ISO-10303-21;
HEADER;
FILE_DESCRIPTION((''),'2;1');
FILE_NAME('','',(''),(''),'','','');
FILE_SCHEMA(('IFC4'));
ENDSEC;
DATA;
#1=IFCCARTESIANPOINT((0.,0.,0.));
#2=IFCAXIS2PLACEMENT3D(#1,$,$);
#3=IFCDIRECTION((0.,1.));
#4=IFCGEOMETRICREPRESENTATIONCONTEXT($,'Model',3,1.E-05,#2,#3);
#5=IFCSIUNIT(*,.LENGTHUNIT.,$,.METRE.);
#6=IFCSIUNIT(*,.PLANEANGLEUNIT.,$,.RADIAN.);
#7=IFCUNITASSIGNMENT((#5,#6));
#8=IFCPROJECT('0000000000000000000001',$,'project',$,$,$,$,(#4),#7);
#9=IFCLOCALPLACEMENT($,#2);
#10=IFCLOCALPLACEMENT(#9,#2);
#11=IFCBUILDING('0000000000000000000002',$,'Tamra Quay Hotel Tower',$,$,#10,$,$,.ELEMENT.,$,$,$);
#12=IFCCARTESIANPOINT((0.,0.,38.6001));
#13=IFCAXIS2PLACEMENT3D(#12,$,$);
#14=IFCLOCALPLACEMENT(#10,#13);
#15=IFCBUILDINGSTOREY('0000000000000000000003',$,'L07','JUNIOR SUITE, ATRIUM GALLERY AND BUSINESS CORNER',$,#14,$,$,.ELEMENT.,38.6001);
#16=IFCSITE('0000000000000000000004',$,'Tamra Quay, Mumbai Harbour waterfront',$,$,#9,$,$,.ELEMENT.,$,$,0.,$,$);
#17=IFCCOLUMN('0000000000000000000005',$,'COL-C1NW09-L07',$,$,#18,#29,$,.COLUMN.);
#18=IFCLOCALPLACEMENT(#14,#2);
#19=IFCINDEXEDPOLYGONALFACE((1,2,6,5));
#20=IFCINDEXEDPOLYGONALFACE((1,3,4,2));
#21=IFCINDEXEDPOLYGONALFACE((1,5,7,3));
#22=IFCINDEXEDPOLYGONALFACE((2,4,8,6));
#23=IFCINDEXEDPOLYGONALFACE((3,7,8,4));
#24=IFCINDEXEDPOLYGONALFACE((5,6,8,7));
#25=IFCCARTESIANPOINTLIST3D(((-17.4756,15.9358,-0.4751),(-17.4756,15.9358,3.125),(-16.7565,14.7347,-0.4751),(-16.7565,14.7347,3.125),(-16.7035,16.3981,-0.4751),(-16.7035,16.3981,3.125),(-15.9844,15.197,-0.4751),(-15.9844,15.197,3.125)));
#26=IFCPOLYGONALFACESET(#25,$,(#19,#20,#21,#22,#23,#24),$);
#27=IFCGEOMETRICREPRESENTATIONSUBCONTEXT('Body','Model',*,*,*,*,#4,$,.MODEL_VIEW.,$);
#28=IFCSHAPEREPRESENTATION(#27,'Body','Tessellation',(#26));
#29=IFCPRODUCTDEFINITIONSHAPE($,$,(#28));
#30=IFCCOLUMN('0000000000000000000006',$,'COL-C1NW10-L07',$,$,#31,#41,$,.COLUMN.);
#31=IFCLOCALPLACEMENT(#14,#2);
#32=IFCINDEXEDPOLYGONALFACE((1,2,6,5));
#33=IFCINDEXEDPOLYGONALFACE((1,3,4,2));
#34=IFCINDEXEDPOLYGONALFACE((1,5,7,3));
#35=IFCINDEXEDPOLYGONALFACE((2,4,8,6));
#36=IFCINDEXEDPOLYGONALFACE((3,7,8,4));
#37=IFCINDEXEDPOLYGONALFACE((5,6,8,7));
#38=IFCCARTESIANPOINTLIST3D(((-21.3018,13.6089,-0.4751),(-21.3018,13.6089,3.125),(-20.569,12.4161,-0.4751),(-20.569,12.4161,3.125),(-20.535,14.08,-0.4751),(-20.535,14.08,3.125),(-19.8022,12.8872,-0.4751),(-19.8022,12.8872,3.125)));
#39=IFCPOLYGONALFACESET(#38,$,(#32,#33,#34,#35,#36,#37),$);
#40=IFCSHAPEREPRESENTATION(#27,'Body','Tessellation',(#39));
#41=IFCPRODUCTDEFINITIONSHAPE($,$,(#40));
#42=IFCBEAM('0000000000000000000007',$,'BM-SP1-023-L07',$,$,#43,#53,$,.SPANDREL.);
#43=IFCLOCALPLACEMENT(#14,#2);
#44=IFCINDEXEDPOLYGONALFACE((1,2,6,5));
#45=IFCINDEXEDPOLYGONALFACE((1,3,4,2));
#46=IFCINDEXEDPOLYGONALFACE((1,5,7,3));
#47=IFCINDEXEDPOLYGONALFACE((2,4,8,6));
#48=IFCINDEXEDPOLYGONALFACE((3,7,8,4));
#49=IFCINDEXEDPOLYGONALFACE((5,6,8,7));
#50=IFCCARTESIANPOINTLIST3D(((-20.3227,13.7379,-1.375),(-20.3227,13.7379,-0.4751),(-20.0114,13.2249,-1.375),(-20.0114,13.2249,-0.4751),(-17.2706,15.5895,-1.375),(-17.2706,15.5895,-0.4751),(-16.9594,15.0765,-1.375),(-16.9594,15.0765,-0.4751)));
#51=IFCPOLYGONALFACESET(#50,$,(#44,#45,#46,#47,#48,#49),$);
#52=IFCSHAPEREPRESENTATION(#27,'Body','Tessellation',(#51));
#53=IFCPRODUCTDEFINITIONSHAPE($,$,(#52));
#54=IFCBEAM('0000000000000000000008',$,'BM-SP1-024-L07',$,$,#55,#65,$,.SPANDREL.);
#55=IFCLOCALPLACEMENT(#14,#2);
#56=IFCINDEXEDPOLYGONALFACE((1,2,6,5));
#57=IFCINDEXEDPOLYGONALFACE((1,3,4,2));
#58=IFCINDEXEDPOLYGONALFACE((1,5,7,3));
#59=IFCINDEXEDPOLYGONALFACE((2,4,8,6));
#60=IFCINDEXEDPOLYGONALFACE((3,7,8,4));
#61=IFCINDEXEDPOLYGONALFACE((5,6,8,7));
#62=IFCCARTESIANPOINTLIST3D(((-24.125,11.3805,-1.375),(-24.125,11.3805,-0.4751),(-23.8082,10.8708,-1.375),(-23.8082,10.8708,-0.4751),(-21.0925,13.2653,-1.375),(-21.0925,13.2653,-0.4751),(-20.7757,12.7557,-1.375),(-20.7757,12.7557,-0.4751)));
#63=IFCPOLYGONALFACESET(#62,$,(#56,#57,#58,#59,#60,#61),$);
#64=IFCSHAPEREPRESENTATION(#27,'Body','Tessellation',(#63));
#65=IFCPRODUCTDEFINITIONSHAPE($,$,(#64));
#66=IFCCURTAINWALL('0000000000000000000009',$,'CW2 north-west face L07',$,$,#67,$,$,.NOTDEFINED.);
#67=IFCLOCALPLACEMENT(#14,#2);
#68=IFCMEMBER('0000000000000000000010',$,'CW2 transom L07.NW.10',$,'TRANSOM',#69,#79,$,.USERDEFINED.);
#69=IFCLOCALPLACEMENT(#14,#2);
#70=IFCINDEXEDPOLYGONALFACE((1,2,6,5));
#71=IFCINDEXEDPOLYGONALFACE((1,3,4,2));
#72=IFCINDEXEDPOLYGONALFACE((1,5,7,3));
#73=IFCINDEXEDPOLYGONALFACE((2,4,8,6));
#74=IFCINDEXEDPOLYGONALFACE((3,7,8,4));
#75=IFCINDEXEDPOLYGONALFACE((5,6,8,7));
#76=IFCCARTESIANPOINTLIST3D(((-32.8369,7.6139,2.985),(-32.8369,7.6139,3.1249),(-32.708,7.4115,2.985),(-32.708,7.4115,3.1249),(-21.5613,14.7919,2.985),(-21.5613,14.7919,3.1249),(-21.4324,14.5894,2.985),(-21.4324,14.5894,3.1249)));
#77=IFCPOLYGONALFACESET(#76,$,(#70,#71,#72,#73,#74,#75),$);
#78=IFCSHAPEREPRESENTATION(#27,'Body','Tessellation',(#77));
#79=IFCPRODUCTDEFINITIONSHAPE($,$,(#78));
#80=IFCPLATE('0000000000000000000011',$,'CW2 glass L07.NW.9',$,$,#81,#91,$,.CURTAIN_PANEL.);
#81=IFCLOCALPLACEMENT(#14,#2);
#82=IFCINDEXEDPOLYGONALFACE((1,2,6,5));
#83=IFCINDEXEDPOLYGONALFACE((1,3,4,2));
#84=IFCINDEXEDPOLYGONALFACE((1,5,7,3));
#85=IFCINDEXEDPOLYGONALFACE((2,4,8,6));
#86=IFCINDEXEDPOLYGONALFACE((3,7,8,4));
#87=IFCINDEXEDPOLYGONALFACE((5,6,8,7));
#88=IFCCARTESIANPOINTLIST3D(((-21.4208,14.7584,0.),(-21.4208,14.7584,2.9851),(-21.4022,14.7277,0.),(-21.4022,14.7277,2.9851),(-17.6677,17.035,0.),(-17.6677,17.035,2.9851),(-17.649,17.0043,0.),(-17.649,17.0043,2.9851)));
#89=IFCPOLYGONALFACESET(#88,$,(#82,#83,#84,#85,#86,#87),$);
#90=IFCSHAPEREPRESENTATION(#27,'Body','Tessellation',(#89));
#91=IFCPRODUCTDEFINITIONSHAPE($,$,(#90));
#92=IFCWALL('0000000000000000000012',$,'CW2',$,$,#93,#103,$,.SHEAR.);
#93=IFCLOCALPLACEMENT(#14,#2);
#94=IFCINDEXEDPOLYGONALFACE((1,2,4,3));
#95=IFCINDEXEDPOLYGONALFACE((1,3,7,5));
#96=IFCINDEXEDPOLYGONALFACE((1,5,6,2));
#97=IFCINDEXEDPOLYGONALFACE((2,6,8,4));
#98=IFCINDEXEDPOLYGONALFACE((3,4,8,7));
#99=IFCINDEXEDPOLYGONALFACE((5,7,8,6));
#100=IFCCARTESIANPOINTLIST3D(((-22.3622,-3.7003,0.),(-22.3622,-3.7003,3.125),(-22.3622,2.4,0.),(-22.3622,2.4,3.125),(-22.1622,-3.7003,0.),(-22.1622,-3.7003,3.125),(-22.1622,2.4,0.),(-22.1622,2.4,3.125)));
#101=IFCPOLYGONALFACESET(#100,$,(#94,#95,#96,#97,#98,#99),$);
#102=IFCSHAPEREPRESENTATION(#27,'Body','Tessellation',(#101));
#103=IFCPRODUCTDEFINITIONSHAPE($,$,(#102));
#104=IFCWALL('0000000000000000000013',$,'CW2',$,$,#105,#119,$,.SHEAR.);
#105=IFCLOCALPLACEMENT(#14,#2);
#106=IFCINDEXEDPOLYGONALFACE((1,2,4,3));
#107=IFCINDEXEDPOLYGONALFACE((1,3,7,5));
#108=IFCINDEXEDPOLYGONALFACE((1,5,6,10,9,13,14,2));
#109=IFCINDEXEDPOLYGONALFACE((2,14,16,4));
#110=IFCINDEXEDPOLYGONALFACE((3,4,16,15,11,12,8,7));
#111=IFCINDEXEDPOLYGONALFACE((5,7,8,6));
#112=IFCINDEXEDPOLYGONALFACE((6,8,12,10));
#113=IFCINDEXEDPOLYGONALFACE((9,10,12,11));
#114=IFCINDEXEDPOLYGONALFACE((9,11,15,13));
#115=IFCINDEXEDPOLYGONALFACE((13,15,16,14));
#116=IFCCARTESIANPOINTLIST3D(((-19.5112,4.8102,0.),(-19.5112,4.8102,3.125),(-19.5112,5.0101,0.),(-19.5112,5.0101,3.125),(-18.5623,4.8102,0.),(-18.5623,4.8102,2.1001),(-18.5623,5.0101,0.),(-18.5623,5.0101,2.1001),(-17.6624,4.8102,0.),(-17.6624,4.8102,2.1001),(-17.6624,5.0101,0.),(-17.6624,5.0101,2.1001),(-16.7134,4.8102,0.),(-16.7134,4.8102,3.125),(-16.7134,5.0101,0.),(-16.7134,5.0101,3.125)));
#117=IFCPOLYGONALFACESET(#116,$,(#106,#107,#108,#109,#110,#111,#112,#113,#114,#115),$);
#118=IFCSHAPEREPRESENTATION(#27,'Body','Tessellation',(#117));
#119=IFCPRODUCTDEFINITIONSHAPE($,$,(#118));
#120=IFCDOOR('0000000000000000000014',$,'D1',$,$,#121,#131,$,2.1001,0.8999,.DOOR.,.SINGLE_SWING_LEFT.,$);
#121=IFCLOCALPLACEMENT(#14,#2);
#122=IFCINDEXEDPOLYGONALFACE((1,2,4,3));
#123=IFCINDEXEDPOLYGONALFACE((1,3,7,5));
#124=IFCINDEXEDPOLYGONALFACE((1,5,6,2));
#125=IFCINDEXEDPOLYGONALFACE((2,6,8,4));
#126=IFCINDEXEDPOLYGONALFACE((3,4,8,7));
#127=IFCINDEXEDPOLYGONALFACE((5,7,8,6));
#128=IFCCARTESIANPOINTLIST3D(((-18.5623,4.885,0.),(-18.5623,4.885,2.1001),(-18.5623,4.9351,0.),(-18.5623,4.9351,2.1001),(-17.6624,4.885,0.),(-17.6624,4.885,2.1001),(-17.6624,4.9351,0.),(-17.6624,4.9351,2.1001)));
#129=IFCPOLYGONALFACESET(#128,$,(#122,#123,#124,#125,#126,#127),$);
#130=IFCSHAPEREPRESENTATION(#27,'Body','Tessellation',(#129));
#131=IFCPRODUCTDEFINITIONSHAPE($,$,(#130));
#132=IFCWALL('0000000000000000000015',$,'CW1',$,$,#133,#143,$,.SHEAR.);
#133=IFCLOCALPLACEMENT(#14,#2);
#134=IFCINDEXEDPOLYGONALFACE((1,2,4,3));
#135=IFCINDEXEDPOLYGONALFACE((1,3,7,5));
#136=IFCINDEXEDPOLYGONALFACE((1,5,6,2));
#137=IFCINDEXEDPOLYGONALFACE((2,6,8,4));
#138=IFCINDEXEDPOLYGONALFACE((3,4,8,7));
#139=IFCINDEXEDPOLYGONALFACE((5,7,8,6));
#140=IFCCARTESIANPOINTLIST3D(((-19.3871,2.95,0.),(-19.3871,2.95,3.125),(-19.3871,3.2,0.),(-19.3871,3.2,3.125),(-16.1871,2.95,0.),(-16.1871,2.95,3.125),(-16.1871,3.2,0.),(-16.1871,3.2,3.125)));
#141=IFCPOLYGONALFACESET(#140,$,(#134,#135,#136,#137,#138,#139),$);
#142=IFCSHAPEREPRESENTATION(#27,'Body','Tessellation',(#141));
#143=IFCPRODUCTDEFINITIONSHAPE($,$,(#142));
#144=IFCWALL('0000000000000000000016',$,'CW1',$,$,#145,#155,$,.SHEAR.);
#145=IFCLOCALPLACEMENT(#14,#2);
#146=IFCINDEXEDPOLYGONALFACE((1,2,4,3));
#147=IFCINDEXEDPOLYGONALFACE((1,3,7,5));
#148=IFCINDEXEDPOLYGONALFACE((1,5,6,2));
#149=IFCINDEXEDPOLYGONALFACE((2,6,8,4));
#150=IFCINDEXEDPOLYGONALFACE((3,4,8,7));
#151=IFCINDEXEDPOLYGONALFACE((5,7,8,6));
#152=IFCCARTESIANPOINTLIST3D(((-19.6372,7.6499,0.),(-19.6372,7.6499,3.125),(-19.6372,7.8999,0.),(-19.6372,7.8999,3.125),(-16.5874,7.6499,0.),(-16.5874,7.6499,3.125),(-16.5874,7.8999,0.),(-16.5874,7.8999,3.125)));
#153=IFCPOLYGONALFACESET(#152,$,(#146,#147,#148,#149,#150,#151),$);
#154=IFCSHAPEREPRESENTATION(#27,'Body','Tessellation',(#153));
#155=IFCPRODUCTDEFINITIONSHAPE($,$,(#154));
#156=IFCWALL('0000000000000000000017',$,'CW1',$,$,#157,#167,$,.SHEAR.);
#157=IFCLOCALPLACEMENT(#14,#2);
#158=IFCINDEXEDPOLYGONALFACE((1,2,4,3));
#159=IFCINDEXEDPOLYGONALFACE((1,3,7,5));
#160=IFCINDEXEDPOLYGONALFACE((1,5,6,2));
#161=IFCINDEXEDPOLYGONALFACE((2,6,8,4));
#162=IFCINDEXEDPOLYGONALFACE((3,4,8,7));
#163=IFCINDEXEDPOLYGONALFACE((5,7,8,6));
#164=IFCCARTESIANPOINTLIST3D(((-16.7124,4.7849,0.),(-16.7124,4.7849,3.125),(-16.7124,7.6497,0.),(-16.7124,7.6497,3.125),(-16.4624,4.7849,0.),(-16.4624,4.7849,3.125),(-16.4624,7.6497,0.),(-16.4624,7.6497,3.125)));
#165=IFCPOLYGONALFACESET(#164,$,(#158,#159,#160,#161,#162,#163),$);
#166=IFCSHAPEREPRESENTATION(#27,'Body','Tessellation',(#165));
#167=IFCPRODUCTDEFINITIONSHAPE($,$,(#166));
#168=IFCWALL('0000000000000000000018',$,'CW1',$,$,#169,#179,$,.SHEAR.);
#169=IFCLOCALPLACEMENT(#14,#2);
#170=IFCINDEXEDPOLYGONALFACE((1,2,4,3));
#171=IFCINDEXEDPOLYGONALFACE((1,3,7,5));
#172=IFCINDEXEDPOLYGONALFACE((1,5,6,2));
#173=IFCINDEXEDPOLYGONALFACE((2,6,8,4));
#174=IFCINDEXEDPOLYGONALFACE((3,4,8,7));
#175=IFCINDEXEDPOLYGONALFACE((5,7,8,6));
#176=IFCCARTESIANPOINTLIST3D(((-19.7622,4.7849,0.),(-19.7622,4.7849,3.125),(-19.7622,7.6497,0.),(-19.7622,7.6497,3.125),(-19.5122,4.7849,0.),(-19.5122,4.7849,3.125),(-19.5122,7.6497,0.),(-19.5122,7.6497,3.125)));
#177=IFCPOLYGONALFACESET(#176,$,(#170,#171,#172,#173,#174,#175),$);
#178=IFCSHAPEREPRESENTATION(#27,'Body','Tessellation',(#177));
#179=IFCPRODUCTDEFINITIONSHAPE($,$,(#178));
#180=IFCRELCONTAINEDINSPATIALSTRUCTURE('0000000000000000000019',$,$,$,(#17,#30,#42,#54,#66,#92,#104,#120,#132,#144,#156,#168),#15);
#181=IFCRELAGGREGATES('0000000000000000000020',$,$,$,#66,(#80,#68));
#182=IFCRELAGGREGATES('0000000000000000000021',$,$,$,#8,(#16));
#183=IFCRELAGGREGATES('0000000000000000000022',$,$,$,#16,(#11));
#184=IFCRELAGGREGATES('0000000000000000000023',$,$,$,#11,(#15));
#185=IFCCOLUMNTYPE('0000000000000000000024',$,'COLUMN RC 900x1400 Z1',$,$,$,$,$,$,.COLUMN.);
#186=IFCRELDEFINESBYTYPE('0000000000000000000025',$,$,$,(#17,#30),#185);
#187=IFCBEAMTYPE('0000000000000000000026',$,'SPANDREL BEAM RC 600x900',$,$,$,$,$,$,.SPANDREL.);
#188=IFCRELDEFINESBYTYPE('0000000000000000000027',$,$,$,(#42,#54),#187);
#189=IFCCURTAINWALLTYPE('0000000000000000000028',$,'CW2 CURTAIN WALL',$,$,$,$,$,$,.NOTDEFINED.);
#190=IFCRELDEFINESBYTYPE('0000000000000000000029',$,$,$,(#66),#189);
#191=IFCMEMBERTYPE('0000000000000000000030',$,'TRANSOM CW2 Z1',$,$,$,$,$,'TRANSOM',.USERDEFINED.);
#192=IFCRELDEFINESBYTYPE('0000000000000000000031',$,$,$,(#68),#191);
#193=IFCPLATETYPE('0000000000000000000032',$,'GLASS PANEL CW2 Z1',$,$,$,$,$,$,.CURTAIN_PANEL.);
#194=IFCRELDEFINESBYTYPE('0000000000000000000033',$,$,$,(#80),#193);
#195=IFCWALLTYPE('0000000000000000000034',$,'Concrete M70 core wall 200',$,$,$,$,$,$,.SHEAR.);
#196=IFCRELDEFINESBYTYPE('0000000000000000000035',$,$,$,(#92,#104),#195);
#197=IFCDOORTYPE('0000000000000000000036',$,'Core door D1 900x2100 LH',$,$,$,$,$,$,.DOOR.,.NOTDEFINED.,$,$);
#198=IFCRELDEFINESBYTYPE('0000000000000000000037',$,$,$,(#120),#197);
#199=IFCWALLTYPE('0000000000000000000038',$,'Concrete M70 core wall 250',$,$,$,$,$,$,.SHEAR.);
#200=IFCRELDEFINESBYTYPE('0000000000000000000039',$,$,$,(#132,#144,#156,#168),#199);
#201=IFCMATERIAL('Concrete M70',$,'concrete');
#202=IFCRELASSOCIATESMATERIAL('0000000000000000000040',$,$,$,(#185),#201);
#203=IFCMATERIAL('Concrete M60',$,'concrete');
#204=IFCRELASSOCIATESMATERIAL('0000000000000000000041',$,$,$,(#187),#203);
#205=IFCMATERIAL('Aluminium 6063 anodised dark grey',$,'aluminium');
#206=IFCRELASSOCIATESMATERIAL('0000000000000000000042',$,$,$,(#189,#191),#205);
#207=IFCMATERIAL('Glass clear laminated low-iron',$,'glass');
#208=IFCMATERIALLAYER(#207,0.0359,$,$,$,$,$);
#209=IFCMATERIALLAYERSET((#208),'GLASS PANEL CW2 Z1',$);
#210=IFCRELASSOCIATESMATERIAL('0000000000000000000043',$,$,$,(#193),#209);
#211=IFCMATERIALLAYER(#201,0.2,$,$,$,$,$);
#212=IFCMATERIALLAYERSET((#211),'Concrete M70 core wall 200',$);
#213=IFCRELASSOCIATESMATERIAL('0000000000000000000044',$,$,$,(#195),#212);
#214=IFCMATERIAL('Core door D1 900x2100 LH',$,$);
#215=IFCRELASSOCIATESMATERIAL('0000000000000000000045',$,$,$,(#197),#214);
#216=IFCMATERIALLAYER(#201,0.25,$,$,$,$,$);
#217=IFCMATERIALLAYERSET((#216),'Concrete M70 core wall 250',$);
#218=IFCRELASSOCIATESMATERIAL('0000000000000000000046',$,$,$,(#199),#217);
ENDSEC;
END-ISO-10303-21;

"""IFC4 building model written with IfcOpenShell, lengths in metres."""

from ifc_helpers import new_model, si_unit, direction, frame, frame_2d, origin, origin_2d, place, context, subcontext, project, spatial, rectangle, extrude, material, layer, layer_set, material_profile, profile_set, type_object, element, fill, aggregate, save


model = new_model("IFC4")

# Units and contexts
model_context = context("Model", 3, precision=1e-05, world=origin(), true_north=direction((0.0, 1.0)))
body_context = subcontext(model_context, "Body", "Model", "MODEL_VIEW")
ifc_project = project(units=[si_unit("LENGTHUNIT", "METRE"), si_unit("PLANEANGLEUNIT", "RADIAN")], contexts=[model_context])

# Site, building, storey
site_placement = place(None, origin())
site = spatial("IfcSite", under=ifc_project, at=site_placement, Name="Tamra Quay, Mumbai Harbour waterfront", CompositionType="ELEMENT", RefElevation=0.0)
building_placement = place(site_placement, origin())
building = spatial("IfcBuilding", under=site, at=building_placement, Name="Tamra Quay Hotel Tower", CompositionType="ELEMENT")
storey_placement = place(building_placement, frame((0.0, 0.0, 38.6001)))
storey = spatial("IfcBuildingStorey", under=building, at=storey_placement, Name="L07", Description="JUNIOR SUITE, ATRIUM GALLERY AND BUSINESS CORNER", CompositionType="ELEMENT", Elevation=38.6001)

# Columns
ifc_material_1 = material(Name="Concrete M70", Category="concrete")
ifc_material_profile_1 = material_profile(ifc_material_1, rectangle(XDim=1.3999, YDim=0.8999, at=origin_2d()), Name="COLUMN RC 900x1400 Z1")
ifc_profile_set_1 = profile_set([ifc_material_profile_1], Name="Concrete M70")
column_type = type_object("IfcColumnType", Name="COLUMN RC 900x1400 Z1", PredefinedType="COLUMN", material=ifc_profile_set_1)
for number, where, z_axis, x_axis, name in (
    (1, (-16.73, 15.5664, -0.4751), (0.0, 0.0, 1.0), (-0.513654, 0.857998, 0.0), "COL-C1NW09-L07"),
    (2, (-20.552, 13.248, -0.4751), (0.0, 0.0, 1.0), (-0.52343, 0.852069, 0.0), "COL-C1NW10-L07"),
):
    element("IfcColumn", number, at=place(storey_placement, frame(where, z_axis=z_axis, x_axis=x_axis)), inside=storey, type_object=column_type, Name=name, PredefinedType="COLUMN", context=body_context, shape_type="SweptSolid", body=[
        extrude(rectangle(XDim=1.3999, YDim=0.8999, at=origin_2d()), origin(), (0.0, 0.0, 1.0), 3.6001),
    ])

# Beams
ifc_material_2 = material(Name="Concrete M60", Category="concrete")
ifc_material_profile_2 = material_profile(ifc_material_2, rectangle(XDim=0.6001, YDim=0.8999, at=origin_2d()), Name="SPANDREL BEAM RC 600x900")
ifc_profile_set_2 = profile_set([ifc_material_profile_2], Name="Concrete M60")
beam_type = type_object("IfcBeamType", Name="SPANDREL BEAM RC 600x900", PredefinedType="SPANDREL", material=ifc_profile_set_2)
beam_1_placement = place(storey_placement, frame((-17.115, 15.333, -0.925), z_axis=(-0.854966, -0.518684, 0.0), x_axis=(0.518684, -0.854966, 0.0)))
element("IfcBeam", 3, at=beam_1_placement, inside=storey, type_object=beam_type, Name="BM-SP1-023-L07", PredefinedType="SPANDREL", context=body_context, shape_type="SweptSolid", body=[
    extrude(rectangle(XDim=0.6001, YDim=0.8999, at=origin_2d()), origin(), (0.0, 0.0, 1.0), 3.5698),
])
beam_2_placement = place(storey_placement, frame((-20.9341, 13.0105, -0.925), z_axis=(-0.849321, -0.527877, 0.0), x_axis=(0.527877, -0.849321, 0.0)))
element("IfcBeam", 4, at=beam_2_placement, inside=storey, type_object=beam_type, Name="BM-SP1-024-L07", PredefinedType="SPANDREL", context=body_context, shape_type="SweptSolid", body=[
    extrude(rectangle(XDim=0.6001, YDim=0.8999, at=origin_2d()), origin(), (0.0, 0.0, 1.0), 3.5706),
])

# Curtain wall, member, plate
ifc_material_3 = material(Name="Aluminium 6063 anodised dark grey", Category="aluminium")
curtain_wall_type = type_object("IfcCurtainWallType", Name="CW2 CURTAIN WALL", PredefinedType="NOTDEFINED", material=ifc_material_3)
curtain_wall_placement = place(storey_placement, origin())
curtain_wall = element("IfcCurtainWall", 5, at=curtain_wall_placement, inside=storey, type_object=curtain_wall_type, Name="CW2 north-west face L07", PredefinedType="NOTDEFINED")
ifc_material_profile_3 = material_profile(ifc_material_3, rectangle(XDim=0.24, YDim=0.1399, at=origin_2d()), Name="TRANSOM 240X140")
ifc_profile_set_3 = profile_set([ifc_material_profile_3], Name="Aluminium 6063 anodised dark grey")
member_type = type_object("IfcMemberType", Name="TRANSOM CW2 Z1", ElementType="TRANSOM", PredefinedType="USERDEFINED", material=ifc_profile_set_3)
member_placement = place(storey_placement, frame((-21.4968, 14.6907, 3.0549), z_axis=(-0.843574, -0.537013, 0.0), x_axis=(0.537013, -0.843574, 0.0)))
member = element("IfcMember", 6, at=member_placement, type_object=member_type, Name="CW2 transom L07.NW.10", ObjectType="TRANSOM", PredefinedType="USERDEFINED", context=body_context, shape_type="SweptSolid", body=[
    extrude(rectangle(XDim=0.24, YDim=0.1399, at=origin_2d()), origin(), (0.0, 0.0, 1.0), 13.3665),
])
ifc_material_4 = material(Name="Glass clear laminated low-iron", Category="glass")
ifc_layer_1 = layer(ifc_material_4, 0.0359)
ifc_layer_set_1 = layer_set([ifc_layer_1], Name="GLASS PANEL CW2 Z1")
plate_type = type_object("IfcPlateType", Name="GLASS PANEL CW2 Z1", PredefinedType="CURTAIN_PANEL", material=ifc_layer_set_1)
plate_placement = place(storey_placement, frame((-19.5349, 15.8813, 0.0), z_axis=(0.0, 0.0, 1.0), x_axis=(-0.854993, -0.518639, 0.0)))
plate = element("IfcPlate", 7, at=plate_placement, type_object=plate_type, Name="CW2 glass L07.NW.9", PredefinedType="CURTAIN_PANEL", context=body_context, shape_type="SweptSolid", body=[
    extrude(rectangle(XDim=4.3896, YDim=0.0359, at=origin_2d()), origin(), (0.0, 0.0, 1.0), 2.9851),
])
aggregate(curtain_wall, [plate, member])

# Wall
ifc_layer_2 = layer(ifc_material_1, 0.2)
ifc_layer_set_2 = layer_set([ifc_layer_2], Name="Concrete M70 core wall 200")
wall_type_1 = type_object("IfcWallType", Name="Concrete M70 core wall 200", PredefinedType="SHEAR", material=ifc_layer_set_2)
wall_1_placement = place(storey_placement, frame((-22.2622, 2.4001, 0.0), z_axis=(0.0, 0.0, 1.0), x_axis=(0.0, -1.0, 0.0)))
element("IfcWall", 8, at=wall_1_placement, inside=storey, type_object=wall_type_1, Name="CW2", PredefinedType="SHEAR", context=body_context, shape_type="SweptSolid", body=[
    extrude(rectangle(XDim=6.1003, YDim=0.2, at=frame_2d((3.0503, 0.0))), origin(), (0.0, 0.0, 1.0), 3.125),
])

# Wall, opening, door
wall_2_placement = place(storey_placement, frame((-19.5112, 4.9102, 0.0), z_axis=(0.0, 0.0, 1.0), x_axis=(1.0, 0.0, 0.0)))
wall_2 = element("IfcWall", 9, at=wall_2_placement, inside=storey, type_object=wall_type_1, Name="CW2", PredefinedType="SHEAR", context=body_context, shape_type="SweptSolid", body=[
    extrude(rectangle(XDim=2.7979, YDim=0.2, at=frame_2d((1.3989, 0.0))), origin(), (0.0, 0.0, 1.0), 3.125),
])
opening_1_placement = place(wall_2_placement, frame((0.949, 0.0, 0.0)))
opening_1 = element("IfcOpeningElement", 10, at=opening_1_placement, cuts=wall_2, PredefinedType="OPENING", context=body_context, shape_type="SweptSolid", body=[
    extrude(rectangle(XDim=0.8999, YDim=2.1001, at=frame_2d((0.45, 1.05))), frame((0.0, 0.1099, 0.0), z_axis=(0.0, -1.0, 0.0), x_axis=(1.0, 0.0, 0.0)), (0.0, 0.0, 1.0), 0.22),
])
ifc_material_5 = material(Name="Core door D1 900x2100 LH")
door_type_1 = type_object("IfcDoorType", Name="Core door D1 900x2100 LH", OperationType="NOTDEFINED", PredefinedType="DOOR", material=ifc_material_5)
door_1_placement = place(opening_1_placement, origin())
door_1 = element("IfcDoor", 11, at=door_1_placement, inside=storey, type_object=door_type_1, Name="D1", OperationType="SINGLE_SWING_LEFT", OverallHeight=2.1001, OverallWidth=0.8999, PredefinedType="DOOR", context=body_context, shape_type="SweptSolid", body=[
    extrude(rectangle(XDim=0.8999, YDim=2.1001, at=frame_2d((0.45, 1.05))), frame((0.0, 0.0249, 0.0), z_axis=(0.0, -1.0, 0.0), x_axis=(1.0, 0.0, 0.0)), (0.0, 0.0, 1.0), 0.05),
])
fill(opening_1, door_1)

# Walls
ifc_layer_3 = layer(ifc_material_1, 0.25)
ifc_layer_set_3 = layer_set([ifc_layer_3], Name="Concrete M70 core wall 250")
wall_type_2 = type_object("IfcWallType", Name="Concrete M70 core wall 250", PredefinedType="SHEAR", material=ifc_layer_set_3)
wall_3_placement = place(storey_placement, frame((-19.3872, 3.075, 0.0), z_axis=(0.0, 0.0, 1.0), x_axis=(1.0, 0.0, 0.0)))
element("IfcWall", 12, at=wall_3_placement, inside=storey, type_object=wall_type_2, Name="CW1", PredefinedType="SHEAR", context=body_context, shape_type="SweptSolid", body=[
    extrude(rectangle(XDim=3.2, YDim=0.25, at=frame_2d((1.6001, 0.0))), origin(), (0.0, 0.0, 1.0), 3.125),
])
wall_4_placement = place(storey_placement, frame((-19.6372, 7.7749, 0.0), z_axis=(0.0, 0.0, 1.0), x_axis=(1.0, 0.0, 0.0)))
element("IfcWall", 13, at=wall_4_placement, inside=storey, type_object=wall_type_2, Name="CW1", PredefinedType="SHEAR", context=body_context, shape_type="SweptSolid", body=[
    extrude(rectangle(XDim=3.0498, YDim=0.25, at=frame_2d((1.5249, 0.0))), origin(), (0.0, 0.0, 1.0), 3.125),
])
for number, where, z_axis, x_axis, name in (
    (14, (-16.5874, 7.6497, 0.0), (0.0, 0.0, 1.0), (0.0, -1.0, 0.0), "CW1"),
    (15, (-19.6372, 4.7849, 0.0), (0.0, 0.0, 1.0), (0.0, 1.0, 0.0), "CW1"),
):
    element("IfcWall", number, at=place(storey_placement, frame(where, z_axis=z_axis, x_axis=x_axis)), inside=storey, type_object=wall_type_2, Name=name, PredefinedType="SHEAR", context=body_context, shape_type="SweptSolid", body=[
        extrude(rectangle(XDim=2.8647, YDim=0.25, at=frame_2d((1.4324, 0.0))), origin(), (0.0, 0.0, 1.0), 3.125),
    ])

save(model, "model.ifc")
